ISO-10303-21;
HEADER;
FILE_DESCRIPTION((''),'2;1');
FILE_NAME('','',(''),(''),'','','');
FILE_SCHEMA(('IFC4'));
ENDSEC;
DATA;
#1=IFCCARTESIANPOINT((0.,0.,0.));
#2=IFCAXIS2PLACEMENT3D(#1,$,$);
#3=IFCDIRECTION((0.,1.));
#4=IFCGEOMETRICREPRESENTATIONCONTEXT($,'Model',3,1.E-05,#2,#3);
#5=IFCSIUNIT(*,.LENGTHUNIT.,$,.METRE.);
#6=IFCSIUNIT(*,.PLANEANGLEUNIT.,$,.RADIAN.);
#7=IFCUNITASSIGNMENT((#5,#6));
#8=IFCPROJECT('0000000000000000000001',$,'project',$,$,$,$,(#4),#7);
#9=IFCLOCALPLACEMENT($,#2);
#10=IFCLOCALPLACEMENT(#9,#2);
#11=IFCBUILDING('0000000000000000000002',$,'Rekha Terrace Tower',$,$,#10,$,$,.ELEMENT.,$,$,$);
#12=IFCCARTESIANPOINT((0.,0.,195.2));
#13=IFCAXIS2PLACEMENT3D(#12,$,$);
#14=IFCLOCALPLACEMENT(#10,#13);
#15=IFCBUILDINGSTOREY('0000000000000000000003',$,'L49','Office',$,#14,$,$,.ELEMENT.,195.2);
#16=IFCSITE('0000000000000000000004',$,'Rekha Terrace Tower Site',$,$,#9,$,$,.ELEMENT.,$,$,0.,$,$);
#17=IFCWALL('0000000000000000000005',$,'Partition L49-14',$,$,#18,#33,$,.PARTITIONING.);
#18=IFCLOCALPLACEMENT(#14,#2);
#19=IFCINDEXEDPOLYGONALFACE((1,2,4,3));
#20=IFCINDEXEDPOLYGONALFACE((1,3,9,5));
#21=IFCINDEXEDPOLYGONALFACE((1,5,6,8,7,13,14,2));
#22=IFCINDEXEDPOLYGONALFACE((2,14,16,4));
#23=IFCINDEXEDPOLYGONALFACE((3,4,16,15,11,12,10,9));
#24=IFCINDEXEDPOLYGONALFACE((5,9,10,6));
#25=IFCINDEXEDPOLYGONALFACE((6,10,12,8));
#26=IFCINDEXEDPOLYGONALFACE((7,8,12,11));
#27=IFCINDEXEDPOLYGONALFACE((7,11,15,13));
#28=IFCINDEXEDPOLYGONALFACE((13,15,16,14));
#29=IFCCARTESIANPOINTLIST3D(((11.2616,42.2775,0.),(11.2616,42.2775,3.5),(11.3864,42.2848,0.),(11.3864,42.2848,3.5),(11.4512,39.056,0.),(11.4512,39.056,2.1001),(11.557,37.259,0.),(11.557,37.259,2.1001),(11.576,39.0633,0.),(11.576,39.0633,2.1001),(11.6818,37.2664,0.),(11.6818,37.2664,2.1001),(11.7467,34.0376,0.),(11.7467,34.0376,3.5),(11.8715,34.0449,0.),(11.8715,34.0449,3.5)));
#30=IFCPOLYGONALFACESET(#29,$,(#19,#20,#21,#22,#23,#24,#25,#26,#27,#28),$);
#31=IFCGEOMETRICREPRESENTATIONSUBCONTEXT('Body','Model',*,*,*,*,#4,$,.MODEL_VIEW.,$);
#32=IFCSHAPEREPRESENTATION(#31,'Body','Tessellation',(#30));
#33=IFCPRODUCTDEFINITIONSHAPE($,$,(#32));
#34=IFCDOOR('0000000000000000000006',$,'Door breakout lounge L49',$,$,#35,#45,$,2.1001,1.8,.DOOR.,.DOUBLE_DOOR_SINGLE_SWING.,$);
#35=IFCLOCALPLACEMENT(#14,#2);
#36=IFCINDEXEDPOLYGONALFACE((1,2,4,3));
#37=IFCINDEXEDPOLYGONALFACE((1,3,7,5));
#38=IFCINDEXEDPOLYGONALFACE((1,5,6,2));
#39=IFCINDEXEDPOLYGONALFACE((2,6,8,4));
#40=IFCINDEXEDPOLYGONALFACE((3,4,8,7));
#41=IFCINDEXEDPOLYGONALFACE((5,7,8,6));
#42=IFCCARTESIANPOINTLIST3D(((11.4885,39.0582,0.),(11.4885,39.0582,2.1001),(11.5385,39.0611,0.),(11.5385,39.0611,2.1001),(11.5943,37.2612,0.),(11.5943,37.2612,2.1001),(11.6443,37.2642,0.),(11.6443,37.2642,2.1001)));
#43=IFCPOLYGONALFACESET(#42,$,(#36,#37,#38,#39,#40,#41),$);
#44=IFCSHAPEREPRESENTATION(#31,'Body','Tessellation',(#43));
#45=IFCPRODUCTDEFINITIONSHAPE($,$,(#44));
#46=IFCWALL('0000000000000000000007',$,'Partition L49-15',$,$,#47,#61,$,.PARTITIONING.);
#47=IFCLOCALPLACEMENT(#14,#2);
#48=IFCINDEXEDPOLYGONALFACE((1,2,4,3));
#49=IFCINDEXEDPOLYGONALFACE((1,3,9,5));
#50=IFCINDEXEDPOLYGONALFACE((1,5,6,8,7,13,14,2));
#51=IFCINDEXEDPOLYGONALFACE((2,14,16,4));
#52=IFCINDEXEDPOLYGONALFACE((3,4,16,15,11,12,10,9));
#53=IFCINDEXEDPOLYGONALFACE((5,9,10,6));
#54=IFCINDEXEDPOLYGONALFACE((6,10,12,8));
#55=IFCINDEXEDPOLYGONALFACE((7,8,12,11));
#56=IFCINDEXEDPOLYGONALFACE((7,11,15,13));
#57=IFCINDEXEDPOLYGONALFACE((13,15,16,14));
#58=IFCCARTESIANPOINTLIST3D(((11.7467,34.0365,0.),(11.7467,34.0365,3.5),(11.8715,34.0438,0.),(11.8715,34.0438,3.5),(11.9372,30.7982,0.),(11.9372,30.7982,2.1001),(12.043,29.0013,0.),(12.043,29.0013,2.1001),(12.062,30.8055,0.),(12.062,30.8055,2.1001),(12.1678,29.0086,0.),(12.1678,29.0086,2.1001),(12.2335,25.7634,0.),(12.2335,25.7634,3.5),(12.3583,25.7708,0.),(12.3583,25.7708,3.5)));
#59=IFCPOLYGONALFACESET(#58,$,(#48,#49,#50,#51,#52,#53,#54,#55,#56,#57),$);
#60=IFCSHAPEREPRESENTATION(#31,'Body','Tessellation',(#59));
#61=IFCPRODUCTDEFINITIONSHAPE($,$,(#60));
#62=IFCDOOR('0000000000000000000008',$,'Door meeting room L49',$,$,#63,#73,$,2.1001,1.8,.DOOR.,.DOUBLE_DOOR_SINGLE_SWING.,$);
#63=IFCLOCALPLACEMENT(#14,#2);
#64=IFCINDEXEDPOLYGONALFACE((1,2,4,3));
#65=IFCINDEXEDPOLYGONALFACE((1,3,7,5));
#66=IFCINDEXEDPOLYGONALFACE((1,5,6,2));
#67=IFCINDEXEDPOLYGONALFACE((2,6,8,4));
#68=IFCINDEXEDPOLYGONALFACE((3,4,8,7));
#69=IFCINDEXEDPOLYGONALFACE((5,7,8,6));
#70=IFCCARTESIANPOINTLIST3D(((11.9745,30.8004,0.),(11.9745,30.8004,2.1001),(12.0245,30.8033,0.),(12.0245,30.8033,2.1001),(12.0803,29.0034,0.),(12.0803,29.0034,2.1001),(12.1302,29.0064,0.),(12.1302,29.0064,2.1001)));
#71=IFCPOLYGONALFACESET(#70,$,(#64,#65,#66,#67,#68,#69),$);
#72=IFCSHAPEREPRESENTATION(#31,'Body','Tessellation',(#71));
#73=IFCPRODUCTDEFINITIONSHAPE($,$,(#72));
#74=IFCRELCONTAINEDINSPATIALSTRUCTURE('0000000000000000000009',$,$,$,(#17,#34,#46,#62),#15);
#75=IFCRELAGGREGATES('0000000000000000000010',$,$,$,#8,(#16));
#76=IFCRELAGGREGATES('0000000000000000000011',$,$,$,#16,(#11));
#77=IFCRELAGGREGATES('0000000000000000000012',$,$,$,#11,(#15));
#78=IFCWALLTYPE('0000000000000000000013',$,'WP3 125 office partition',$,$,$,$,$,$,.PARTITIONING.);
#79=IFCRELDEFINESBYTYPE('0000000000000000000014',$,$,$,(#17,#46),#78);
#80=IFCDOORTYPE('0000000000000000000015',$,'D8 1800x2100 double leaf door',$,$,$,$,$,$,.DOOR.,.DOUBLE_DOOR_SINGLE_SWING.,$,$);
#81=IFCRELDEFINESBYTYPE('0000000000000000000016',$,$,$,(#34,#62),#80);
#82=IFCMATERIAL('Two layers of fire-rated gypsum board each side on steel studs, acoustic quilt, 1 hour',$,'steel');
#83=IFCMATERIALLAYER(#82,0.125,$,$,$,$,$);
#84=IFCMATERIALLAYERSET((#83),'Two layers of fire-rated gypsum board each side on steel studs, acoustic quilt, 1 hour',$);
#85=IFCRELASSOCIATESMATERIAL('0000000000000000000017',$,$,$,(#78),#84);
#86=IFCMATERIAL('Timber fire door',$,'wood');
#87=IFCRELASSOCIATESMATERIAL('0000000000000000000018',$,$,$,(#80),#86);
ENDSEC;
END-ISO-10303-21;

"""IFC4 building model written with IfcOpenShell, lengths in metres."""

from ifc_helpers import new_model, si_unit, direction, frame, frame_2d, origin, place, context, subcontext, project, spatial, rectangle, extrude, material, layer, layer_set, type_object, element, fill, save


model = new_model("IFC4")

# Units and contexts
model_context = context("Model", 3, precision=1e-05, world=origin(), true_north=direction((0.0, 1.0)))
body_context = subcontext(model_context, "Body", "Model", "MODEL_VIEW")
ifc_project = project(units=[si_unit("LENGTHUNIT", "METRE"), si_unit("PLANEANGLEUNIT", "RADIAN")], contexts=[model_context])

# Site, building, storey
site_placement = place(None, origin())
site = spatial("IfcSite", under=ifc_project, at=site_placement, Name="Rekha Terrace Tower Site", CompositionType="ELEMENT", RefElevation=0.0)
building_placement = place(site_placement, origin())
building = spatial("IfcBuilding", under=site, at=building_placement, Name="Rekha Terrace Tower", CompositionType="ELEMENT")
storey_placement = place(building_placement, frame((0.0, 0.0, 195.2)))
storey = spatial("IfcBuildingStorey", under=building, at=storey_placement, Name="L49", Description="Office", CompositionType="ELEMENT", Elevation=195.2)

# Shared definitions
ifc_material_1 = material(Name="Two layers of fire-rated gypsum board each side on steel studs, acoustic quilt, 1 hour", Category="steel")
ifc_layer_1 = layer(ifc_material_1, 0.125)
ifc_layer_set_1 = layer_set([ifc_layer_1], Name="Two layers of fire-rated gypsum board each side on steel studs, acoustic quilt, 1 hour")
wall_type_1 = type_object("IfcWallType", Name="WP3 125 office partition", PredefinedType="PARTITIONING", material=ifc_layer_set_1)

# Walls, openings, doors
wall_1_placement = place(storey_placement, frame((11.324, 42.281, 0.0), z_axis=(0.0, 0.0, 1.0), x_axis=(0.058771, -0.998272, 0.0)))
wall_1 = element("IfcWall", 1, at=wall_1_placement, inside=storey, type_object=wall_type_1, Name="Partition L49-14", PredefinedType="PARTITIONING", context=body_context, shape_type="SweptSolid", body=[
    extrude(rectangle(XDim=8.2542, YDim=0.125, at=frame_2d((4.127, 0.0))), origin(), (0.0, 0.0, 1.0), 3.5),
])
opening_1_placement = place(wall_1_placement, frame((3.2271, 0.0, 0.0)))
opening_1 = element("IfcOpeningElement", 2, at=opening_1_placement, cuts=wall_1, PredefinedType="OPENING", context=body_context, shape_type="SweptSolid", body=[
    extrude(rectangle(XDim=1.8, YDim=2.1001, at=frame_2d((0.8999, 1.05))), frame((0.0, 0.0725, 0.0), z_axis=(0.0, -1.0, 0.0), x_axis=(1.0, 0.0, 0.0)), (0.0, 0.0, 1.0), 0.145),
])
ifc_material_2 = material(Name="Timber fire door", Category="wood")
door_type = type_object("IfcDoorType", Name="D8 1800x2100 double leaf door", OperationType="DOUBLE_DOOR_SINGLE_SWING", PredefinedType="DOOR", material=ifc_material_2)
door_1_placement = place(opening_1_placement, origin())
door_1 = element("IfcDoor", 3, at=door_1_placement, inside=storey, type_object=door_type, Name="Door breakout lounge L49", OperationType="DOUBLE_DOOR_SINGLE_SWING", OverallHeight=2.1001, OverallWidth=1.8, PredefinedType="DOOR", context=body_context, shape_type="SweptSolid", body=[
    extrude(rectangle(XDim=1.8, YDim=2.1001, at=frame_2d((0.8999, 1.05))), frame((0.0, 0.0249, 0.0), z_axis=(0.0, -1.0, 0.0), x_axis=(1.0, 0.0, 0.0)), (0.0, 0.0, 1.0), 0.05),
])
fill(opening_1, door_1)
wall_2_placement = place(storey_placement, frame((11.8091, 34.04, 0.0), z_axis=(0.0, 0.0, 1.0), x_axis=(0.058743, -0.998273, 0.0)))
wall_2 = element("IfcWall", 4, at=wall_2_placement, inside=storey, type_object=wall_type_1, Name="Partition L49-15", PredefinedType="PARTITIONING", context=body_context, shape_type="SweptSolid", body=[
    extrude(rectangle(XDim=8.2874, YDim=0.125, at=frame_2d((4.1436, 0.0))), origin(), (0.0, 0.0, 1.0), 3.5),
])
opening_2_placement = place(wall_2_placement, frame((3.2439, 0.0, 0.0)))
opening_2 = element("IfcOpeningElement", 5, at=opening_2_placement, cuts=wall_2, PredefinedType="OPENING", context=body_context, shape_type="SweptSolid", body=[
    extrude(rectangle(XDim=1.8, YDim=2.1001, at=frame_2d((0.8999, 1.05))), frame((0.0, 0.0725, 0.0), z_axis=(0.0, -1.0, 0.0), x_axis=(1.0, 0.0, 0.0)), (0.0, 0.0, 1.0), 0.145),
])
door_2_placement = place(opening_2_placement, origin())
door_2 = element("IfcDoor", 6, at=door_2_placement, inside=storey, type_object=door_type, Name="Door meeting room L49", OperationType="DOUBLE_DOOR_SINGLE_SWING", OverallHeight=2.1001, OverallWidth=1.8, PredefinedType="DOOR", context=body_context, shape_type="SweptSolid", body=[
    extrude(rectangle(XDim=1.8, YDim=2.1001, at=frame_2d((0.8999, 1.05))), frame((0.0, 0.0249, 0.0), z_axis=(0.0, -1.0, 0.0), x_axis=(1.0, 0.0, 0.0)), (0.0, 0.0, 1.0), 0.05),
])
fill(opening_2, door_2)

save(model, "model.ifc")
